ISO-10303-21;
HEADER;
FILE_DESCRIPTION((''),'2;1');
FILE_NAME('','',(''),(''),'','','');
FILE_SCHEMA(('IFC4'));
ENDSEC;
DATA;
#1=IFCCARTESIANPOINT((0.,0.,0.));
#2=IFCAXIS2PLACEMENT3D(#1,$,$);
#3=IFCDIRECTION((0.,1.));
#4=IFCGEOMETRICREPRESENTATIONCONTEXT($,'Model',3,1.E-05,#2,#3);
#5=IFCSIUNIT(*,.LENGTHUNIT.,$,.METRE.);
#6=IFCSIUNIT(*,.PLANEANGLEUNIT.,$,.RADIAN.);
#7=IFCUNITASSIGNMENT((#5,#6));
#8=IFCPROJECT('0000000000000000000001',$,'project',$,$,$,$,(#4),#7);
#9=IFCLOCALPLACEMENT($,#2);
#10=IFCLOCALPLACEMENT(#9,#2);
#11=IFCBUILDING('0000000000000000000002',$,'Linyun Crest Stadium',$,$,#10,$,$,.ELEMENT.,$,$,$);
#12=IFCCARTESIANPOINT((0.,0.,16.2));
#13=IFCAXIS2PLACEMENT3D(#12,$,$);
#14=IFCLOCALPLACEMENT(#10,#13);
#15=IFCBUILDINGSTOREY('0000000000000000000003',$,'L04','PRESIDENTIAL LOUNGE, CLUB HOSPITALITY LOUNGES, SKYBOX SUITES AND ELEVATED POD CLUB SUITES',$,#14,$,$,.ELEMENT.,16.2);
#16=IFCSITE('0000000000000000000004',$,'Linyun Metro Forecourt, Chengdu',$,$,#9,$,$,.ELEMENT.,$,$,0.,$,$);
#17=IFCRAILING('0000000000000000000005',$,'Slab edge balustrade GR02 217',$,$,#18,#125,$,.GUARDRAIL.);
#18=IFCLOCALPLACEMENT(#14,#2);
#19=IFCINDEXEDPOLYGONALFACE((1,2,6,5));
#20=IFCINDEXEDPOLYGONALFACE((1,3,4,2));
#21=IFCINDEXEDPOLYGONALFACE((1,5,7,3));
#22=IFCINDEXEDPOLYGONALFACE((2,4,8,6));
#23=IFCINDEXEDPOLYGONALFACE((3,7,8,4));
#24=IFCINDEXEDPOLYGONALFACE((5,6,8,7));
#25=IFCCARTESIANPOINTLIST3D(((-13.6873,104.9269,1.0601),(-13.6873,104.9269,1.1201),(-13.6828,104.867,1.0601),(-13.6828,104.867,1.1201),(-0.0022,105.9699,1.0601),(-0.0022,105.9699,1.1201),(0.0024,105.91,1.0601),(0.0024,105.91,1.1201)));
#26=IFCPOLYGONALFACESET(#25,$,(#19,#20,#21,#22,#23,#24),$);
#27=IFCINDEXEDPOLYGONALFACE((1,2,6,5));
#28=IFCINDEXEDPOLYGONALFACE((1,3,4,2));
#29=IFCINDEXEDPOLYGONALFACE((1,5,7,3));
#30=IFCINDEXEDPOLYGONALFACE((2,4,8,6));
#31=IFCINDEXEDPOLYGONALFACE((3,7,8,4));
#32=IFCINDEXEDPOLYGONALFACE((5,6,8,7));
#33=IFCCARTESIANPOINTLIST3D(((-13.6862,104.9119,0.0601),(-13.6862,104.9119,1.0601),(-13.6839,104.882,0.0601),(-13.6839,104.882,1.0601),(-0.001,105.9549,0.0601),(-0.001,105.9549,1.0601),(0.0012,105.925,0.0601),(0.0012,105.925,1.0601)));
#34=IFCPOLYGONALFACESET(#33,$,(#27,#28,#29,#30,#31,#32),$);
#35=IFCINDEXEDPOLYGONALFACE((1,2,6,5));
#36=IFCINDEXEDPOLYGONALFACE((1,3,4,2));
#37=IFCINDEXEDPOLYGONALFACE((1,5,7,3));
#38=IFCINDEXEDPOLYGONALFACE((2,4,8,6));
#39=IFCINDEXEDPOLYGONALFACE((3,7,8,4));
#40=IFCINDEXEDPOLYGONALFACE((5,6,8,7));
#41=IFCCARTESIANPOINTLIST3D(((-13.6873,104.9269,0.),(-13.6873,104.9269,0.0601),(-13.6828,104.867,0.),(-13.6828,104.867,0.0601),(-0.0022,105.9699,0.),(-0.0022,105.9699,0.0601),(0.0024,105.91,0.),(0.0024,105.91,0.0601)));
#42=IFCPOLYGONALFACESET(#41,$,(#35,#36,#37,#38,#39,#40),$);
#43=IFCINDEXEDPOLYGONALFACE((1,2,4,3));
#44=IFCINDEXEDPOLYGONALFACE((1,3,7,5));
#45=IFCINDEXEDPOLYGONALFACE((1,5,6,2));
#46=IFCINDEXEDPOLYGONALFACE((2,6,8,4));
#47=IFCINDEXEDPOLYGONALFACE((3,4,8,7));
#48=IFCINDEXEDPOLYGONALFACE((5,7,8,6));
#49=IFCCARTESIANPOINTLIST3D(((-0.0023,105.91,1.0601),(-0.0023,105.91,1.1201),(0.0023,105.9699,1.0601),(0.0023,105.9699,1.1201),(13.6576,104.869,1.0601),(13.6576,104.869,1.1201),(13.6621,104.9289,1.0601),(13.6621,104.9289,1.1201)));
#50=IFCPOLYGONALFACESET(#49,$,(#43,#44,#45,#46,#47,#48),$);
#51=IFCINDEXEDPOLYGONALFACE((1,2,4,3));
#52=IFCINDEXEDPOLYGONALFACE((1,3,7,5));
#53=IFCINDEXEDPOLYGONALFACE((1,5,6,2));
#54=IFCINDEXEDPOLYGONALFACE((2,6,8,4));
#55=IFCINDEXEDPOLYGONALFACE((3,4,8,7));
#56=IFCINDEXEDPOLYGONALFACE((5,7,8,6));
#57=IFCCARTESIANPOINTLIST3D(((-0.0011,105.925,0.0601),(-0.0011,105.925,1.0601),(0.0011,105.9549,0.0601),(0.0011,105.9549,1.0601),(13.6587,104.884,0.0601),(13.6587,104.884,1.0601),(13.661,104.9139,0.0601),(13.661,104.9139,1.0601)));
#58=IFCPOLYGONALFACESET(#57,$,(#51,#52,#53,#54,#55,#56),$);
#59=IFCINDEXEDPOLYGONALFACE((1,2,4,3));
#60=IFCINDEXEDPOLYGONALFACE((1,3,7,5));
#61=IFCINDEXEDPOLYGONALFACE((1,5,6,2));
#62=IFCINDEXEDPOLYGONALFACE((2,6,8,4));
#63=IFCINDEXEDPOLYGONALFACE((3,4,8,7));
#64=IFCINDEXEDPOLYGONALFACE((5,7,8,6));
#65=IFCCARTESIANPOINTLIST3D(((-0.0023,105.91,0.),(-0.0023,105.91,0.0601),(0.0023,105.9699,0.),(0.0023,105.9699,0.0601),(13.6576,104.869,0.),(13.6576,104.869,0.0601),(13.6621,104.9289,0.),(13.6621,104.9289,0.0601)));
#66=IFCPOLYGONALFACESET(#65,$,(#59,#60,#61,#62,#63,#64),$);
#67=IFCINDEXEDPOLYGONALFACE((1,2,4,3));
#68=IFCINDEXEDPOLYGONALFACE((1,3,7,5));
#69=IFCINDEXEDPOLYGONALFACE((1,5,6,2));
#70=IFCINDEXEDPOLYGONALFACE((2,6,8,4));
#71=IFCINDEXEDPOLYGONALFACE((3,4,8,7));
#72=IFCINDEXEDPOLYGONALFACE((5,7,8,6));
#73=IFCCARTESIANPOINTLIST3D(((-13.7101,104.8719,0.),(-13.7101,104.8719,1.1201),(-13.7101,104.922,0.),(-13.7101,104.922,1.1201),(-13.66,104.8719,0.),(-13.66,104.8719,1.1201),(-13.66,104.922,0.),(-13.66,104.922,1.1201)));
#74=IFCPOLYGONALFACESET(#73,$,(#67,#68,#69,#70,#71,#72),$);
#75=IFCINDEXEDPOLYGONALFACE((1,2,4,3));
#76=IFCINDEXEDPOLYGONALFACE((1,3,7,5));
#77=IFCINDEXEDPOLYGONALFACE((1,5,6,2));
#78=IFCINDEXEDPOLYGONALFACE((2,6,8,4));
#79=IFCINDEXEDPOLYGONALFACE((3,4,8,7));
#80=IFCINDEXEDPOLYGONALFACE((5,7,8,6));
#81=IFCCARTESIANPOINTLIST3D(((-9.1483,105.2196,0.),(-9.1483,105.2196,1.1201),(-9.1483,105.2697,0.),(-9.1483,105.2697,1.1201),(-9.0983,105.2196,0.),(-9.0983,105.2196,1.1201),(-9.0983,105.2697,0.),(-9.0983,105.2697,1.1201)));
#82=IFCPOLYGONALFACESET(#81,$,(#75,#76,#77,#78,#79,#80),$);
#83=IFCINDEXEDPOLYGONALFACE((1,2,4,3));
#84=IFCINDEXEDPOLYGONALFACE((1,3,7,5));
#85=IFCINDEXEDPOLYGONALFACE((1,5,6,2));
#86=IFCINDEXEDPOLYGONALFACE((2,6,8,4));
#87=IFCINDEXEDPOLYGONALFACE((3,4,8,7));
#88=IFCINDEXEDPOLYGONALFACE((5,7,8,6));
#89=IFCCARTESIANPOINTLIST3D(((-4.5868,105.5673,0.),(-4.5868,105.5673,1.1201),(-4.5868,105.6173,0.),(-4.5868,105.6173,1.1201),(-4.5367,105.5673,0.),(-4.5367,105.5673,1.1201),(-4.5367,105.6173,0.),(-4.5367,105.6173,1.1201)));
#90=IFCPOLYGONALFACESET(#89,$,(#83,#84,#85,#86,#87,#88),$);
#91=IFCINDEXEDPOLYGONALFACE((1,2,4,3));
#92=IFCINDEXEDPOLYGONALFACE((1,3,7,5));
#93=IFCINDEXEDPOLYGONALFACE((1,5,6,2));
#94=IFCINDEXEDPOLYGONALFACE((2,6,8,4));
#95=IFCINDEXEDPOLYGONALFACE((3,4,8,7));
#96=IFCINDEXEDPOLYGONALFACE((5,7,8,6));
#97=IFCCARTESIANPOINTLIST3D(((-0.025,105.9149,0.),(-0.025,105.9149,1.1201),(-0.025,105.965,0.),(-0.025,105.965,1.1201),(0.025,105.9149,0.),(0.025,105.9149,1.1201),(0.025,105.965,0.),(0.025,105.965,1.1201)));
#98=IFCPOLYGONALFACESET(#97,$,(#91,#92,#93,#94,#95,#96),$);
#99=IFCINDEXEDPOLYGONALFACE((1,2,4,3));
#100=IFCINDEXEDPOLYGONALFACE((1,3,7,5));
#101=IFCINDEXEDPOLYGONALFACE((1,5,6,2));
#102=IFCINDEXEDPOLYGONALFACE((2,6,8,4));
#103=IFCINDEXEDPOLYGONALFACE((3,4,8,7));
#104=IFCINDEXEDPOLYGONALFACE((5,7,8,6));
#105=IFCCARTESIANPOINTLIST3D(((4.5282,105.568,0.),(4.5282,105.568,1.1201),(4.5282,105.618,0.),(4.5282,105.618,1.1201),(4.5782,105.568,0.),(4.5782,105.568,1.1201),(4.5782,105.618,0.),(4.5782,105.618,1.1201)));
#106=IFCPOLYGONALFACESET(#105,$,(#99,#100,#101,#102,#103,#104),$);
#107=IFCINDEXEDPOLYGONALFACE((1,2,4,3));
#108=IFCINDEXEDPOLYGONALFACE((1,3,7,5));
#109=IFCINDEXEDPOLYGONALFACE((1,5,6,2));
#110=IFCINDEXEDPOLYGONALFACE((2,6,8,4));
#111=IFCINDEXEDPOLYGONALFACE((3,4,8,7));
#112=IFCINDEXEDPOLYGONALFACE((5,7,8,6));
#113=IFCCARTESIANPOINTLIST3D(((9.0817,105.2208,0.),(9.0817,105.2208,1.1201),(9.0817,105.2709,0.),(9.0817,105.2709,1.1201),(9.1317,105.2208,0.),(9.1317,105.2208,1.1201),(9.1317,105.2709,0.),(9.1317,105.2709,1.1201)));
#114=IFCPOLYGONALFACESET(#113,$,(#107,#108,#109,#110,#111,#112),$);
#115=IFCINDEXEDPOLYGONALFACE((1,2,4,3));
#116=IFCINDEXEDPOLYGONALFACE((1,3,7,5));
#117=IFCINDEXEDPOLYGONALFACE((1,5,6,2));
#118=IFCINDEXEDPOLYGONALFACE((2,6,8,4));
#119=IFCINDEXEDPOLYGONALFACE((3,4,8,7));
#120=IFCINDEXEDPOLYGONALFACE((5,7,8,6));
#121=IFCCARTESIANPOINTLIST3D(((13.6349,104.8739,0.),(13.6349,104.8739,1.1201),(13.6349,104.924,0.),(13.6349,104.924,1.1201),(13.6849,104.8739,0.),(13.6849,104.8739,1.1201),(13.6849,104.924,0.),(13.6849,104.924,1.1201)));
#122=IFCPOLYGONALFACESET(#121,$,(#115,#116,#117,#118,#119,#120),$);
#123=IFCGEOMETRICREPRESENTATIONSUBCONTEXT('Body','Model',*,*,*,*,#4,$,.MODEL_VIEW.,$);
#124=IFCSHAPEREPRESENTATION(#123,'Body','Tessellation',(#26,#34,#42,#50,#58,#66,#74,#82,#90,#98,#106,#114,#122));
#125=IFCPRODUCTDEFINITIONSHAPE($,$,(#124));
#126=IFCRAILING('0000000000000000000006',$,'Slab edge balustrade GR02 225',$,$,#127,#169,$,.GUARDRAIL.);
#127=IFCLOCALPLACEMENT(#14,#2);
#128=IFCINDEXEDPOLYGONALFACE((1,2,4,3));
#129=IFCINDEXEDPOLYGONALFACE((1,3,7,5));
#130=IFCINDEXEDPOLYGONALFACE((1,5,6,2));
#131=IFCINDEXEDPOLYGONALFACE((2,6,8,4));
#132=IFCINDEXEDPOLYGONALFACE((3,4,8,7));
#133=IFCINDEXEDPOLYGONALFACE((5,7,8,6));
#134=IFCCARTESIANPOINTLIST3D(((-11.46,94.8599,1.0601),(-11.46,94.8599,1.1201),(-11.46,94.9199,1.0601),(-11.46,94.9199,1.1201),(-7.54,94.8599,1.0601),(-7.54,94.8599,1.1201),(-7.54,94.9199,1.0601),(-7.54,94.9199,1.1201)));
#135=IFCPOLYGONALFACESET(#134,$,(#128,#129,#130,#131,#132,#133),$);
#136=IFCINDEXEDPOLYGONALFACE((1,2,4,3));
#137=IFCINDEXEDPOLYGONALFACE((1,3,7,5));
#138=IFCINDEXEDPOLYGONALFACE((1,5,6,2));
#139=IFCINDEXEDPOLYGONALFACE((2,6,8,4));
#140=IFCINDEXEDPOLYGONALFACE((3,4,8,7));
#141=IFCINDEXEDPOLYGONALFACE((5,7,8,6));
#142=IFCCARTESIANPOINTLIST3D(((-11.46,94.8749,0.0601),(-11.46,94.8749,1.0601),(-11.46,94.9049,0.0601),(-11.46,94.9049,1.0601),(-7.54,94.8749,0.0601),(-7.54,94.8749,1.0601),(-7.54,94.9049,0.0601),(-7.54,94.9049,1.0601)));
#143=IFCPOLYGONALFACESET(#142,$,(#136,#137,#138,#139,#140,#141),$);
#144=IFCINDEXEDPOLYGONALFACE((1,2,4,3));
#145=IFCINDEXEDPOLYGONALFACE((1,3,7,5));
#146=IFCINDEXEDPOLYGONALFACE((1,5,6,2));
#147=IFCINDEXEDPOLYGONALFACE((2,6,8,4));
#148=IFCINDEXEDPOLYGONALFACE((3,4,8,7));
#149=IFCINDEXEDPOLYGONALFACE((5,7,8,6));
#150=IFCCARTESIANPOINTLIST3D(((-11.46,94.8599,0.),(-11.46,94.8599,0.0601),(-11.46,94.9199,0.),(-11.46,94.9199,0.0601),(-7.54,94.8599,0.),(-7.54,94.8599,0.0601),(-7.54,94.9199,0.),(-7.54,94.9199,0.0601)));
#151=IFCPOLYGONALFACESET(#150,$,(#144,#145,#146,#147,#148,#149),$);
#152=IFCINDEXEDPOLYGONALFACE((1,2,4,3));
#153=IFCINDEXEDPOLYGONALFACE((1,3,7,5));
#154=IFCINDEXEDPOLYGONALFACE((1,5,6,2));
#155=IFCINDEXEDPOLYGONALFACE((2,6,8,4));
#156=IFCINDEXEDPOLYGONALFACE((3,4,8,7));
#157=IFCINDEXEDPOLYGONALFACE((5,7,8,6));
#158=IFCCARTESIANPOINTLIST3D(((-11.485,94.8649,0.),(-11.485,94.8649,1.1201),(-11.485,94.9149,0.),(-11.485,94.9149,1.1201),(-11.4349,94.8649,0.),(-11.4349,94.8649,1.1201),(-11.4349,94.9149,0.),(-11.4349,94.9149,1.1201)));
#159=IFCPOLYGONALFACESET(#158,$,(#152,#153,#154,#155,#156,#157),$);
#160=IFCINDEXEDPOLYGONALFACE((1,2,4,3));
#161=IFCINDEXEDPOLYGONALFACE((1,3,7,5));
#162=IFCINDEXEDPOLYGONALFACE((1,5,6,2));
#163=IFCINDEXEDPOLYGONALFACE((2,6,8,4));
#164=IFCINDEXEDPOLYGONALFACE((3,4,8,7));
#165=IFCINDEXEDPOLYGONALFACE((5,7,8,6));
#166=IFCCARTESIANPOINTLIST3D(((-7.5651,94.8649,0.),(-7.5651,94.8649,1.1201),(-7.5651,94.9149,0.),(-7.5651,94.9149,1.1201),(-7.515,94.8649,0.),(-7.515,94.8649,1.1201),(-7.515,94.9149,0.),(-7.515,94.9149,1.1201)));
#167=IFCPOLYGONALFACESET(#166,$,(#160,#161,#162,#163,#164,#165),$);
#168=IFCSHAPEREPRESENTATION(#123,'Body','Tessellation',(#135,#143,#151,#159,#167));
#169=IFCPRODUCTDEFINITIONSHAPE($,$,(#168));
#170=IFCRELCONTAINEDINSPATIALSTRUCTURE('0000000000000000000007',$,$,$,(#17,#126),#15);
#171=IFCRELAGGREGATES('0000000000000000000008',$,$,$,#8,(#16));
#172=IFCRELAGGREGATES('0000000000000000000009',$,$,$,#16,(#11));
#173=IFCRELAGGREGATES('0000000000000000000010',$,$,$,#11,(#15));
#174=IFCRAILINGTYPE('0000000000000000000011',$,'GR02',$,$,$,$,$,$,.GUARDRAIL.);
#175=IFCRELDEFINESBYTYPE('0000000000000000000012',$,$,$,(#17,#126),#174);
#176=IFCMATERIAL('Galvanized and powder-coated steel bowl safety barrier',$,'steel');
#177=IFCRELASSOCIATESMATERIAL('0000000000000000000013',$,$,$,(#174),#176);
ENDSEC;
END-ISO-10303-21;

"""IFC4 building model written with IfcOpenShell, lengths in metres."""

from ifc_helpers import new_model, si_unit, direction, frame, origin, origin_2d, place, context, subcontext, project, spatial, rectangle, extrude, material, type_object, element, save


model = new_model("IFC4")

# Units and contexts
model_context = context("Model", 3, precision=1e-05, world=origin(), true_north=direction((0.0, 1.0)))
body_context = subcontext(model_context, "Body", "Model", "MODEL_VIEW")
ifc_project = project(units=[si_unit("LENGTHUNIT", "METRE"), si_unit("PLANEANGLEUNIT", "RADIAN")], contexts=[model_context])

# Site, building, storey
site_placement = place(None, origin())
site = spatial("IfcSite", under=ifc_project, at=site_placement, Name="Linyun Metro Forecourt, Chengdu", CompositionType="ELEMENT", RefElevation=0.0)
building_placement = place(site_placement, origin())
building = spatial("IfcBuilding", under=site, at=building_placement, Name="Linyun Crest Stadium", CompositionType="ELEMENT")
storey_placement = place(building_placement, frame((0.0, 0.0, 16.2)))
storey = spatial("IfcBuildingStorey", under=building, at=storey_placement, Name="L04", Description="PRESIDENTIAL LOUNGE, CLUB HOSPITALITY LOUNGES, SKYBOX SUITES AND ELEVATED POD CLUB SUITES", CompositionType="ELEMENT", Elevation=16.2)

# Railings
ifc_material_1 = material(Name="Galvanized and powder-coated steel bowl safety barrier", Category="steel")
railing_type_1 = type_object("IfcRailingType", Name="GR02", PredefinedType="GUARDRAIL", material=ifc_material_1)
railing_1_placement = place(storey_placement, frame((-13.6851, 104.897, 0.0)))
element("IfcRailing", 1, at=railing_1_placement, inside=storey, type_object=railing_type_1, Name="Slab edge balustrade GR02 217", PredefinedType="GUARDRAIL", context=body_context, shape_type="SweptSolid", body=[
    extrude(rectangle(XDim=0.0601, YDim=0.0601, at=origin_2d()), frame((0.0, 0.0, 1.0901), z_axis=(0.997108, 0.075992, 0.0), x_axis=(-0.075992, 0.997108, 0.0)), (0.0, 0.0, 1.0), 13.7249),
    extrude(rectangle(XDim=0.03, YDim=1.0, at=origin_2d()), frame((0.0, 0.0, 0.5601), z_axis=(0.997108, 0.075992, 0.0), x_axis=(-0.075992, 0.997108, 0.0)), (0.0, 0.0, 1.0), 13.7249),
    extrude(rectangle(XDim=0.0601, YDim=0.0601, at=origin_2d()), frame((0.0, 0.0, 0.03), z_axis=(0.997108, 0.075992, 0.0), x_axis=(-0.075992, 0.997108, 0.0)), (0.0, 0.0, 1.0), 13.7249),
    extrude(rectangle(XDim=0.0601, YDim=0.0601, at=origin_2d()), frame((13.6851, 1.043, 1.0901), z_axis=(0.997109, -0.075989, 0.0), x_axis=(0.075989, 0.997109, 0.0)), (0.0, 0.0, 1.0), 13.6995),
    extrude(rectangle(XDim=0.03, YDim=1.0, at=origin_2d()), frame((13.6851, 1.043, 0.5601), z_axis=(0.997109, -0.075989, 0.0), x_axis=(0.075989, 0.997109, 0.0)), (0.0, 0.0, 1.0), 13.6995),
    extrude(rectangle(XDim=0.0601, YDim=0.0601, at=origin_2d()), frame((13.6851, 1.043, 0.03), z_axis=(0.997109, -0.075989, 0.0), x_axis=(0.075989, 0.997109, 0.0)), (0.0, 0.0, 1.0), 13.6995),
    extrude(rectangle(XDim=0.05, YDim=0.05, at=origin_2d()), origin(), (0.0, 0.0, 1.0), 1.1201),
    extrude(rectangle(XDim=0.05, YDim=0.05, at=origin_2d()), frame((4.5618, 0.3477, 0.0)), (0.0, 0.0, 1.0), 1.1201),
    extrude(rectangle(XDim=0.05, YDim=0.05, at=origin_2d()), frame((9.1233, 0.6953, 0.0)), (0.0, 0.0, 1.0), 1.1201),
    extrude(rectangle(XDim=0.05, YDim=0.05, at=origin_2d()), frame((13.6851, 1.043, 0.0)), (0.0, 0.0, 1.0), 1.1201),
    extrude(rectangle(XDim=0.05, YDim=0.05, at=origin_2d()), frame((18.2383, 0.696, 0.0)), (0.0, 0.0, 1.0), 1.1201),
    extrude(rectangle(XDim=0.05, YDim=0.05, at=origin_2d()), frame((22.7917, 0.3489, 0.0)), (0.0, 0.0, 1.0), 1.1201),
    extrude(rectangle(XDim=0.05, YDim=0.05, at=origin_2d()), frame((27.345, 0.002, 0.0)), (0.0, 0.0, 1.0), 1.1201),
])
railing_2_placement = place(storey_placement, frame((-11.46, 94.8899, 0.0)))
element("IfcRailing", 2, at=railing_2_placement, inside=storey, type_object=railing_type_1, Name="Slab edge balustrade GR02 225", PredefinedType="GUARDRAIL", context=body_context, shape_type="SweptSolid", body=[
    extrude(rectangle(XDim=0.0601, YDim=0.0601, at=origin_2d()), frame((0.0, 0.0, 1.0901), z_axis=(1.0, 0.0, 0.0), x_axis=(0.0, 1.0, 0.0)), (0.0, 0.0, 1.0), 3.9199),
    extrude(rectangle(XDim=0.03, YDim=1.0, at=origin_2d()), frame((0.0, 0.0, 0.5601), z_axis=(1.0, 0.0, 0.0), x_axis=(0.0, 1.0, 0.0)), (0.0, 0.0, 1.0), 3.9199),
    extrude(rectangle(XDim=0.0601, YDim=0.0601, at=origin_2d()), frame((0.0, 0.0, 0.03), z_axis=(1.0, 0.0, 0.0), x_axis=(0.0, 1.0, 0.0)), (0.0, 0.0, 1.0), 3.9199),
    extrude(rectangle(XDim=0.05, YDim=0.05, at=origin_2d()), origin(), (0.0, 0.0, 1.0), 1.1201),
    extrude(rectangle(XDim=0.05, YDim=0.05, at=origin_2d()), frame((3.9199, 0.0, 0.0)), (0.0, 0.0, 1.0), 1.1201),
])

save(model, "model.ifc")
